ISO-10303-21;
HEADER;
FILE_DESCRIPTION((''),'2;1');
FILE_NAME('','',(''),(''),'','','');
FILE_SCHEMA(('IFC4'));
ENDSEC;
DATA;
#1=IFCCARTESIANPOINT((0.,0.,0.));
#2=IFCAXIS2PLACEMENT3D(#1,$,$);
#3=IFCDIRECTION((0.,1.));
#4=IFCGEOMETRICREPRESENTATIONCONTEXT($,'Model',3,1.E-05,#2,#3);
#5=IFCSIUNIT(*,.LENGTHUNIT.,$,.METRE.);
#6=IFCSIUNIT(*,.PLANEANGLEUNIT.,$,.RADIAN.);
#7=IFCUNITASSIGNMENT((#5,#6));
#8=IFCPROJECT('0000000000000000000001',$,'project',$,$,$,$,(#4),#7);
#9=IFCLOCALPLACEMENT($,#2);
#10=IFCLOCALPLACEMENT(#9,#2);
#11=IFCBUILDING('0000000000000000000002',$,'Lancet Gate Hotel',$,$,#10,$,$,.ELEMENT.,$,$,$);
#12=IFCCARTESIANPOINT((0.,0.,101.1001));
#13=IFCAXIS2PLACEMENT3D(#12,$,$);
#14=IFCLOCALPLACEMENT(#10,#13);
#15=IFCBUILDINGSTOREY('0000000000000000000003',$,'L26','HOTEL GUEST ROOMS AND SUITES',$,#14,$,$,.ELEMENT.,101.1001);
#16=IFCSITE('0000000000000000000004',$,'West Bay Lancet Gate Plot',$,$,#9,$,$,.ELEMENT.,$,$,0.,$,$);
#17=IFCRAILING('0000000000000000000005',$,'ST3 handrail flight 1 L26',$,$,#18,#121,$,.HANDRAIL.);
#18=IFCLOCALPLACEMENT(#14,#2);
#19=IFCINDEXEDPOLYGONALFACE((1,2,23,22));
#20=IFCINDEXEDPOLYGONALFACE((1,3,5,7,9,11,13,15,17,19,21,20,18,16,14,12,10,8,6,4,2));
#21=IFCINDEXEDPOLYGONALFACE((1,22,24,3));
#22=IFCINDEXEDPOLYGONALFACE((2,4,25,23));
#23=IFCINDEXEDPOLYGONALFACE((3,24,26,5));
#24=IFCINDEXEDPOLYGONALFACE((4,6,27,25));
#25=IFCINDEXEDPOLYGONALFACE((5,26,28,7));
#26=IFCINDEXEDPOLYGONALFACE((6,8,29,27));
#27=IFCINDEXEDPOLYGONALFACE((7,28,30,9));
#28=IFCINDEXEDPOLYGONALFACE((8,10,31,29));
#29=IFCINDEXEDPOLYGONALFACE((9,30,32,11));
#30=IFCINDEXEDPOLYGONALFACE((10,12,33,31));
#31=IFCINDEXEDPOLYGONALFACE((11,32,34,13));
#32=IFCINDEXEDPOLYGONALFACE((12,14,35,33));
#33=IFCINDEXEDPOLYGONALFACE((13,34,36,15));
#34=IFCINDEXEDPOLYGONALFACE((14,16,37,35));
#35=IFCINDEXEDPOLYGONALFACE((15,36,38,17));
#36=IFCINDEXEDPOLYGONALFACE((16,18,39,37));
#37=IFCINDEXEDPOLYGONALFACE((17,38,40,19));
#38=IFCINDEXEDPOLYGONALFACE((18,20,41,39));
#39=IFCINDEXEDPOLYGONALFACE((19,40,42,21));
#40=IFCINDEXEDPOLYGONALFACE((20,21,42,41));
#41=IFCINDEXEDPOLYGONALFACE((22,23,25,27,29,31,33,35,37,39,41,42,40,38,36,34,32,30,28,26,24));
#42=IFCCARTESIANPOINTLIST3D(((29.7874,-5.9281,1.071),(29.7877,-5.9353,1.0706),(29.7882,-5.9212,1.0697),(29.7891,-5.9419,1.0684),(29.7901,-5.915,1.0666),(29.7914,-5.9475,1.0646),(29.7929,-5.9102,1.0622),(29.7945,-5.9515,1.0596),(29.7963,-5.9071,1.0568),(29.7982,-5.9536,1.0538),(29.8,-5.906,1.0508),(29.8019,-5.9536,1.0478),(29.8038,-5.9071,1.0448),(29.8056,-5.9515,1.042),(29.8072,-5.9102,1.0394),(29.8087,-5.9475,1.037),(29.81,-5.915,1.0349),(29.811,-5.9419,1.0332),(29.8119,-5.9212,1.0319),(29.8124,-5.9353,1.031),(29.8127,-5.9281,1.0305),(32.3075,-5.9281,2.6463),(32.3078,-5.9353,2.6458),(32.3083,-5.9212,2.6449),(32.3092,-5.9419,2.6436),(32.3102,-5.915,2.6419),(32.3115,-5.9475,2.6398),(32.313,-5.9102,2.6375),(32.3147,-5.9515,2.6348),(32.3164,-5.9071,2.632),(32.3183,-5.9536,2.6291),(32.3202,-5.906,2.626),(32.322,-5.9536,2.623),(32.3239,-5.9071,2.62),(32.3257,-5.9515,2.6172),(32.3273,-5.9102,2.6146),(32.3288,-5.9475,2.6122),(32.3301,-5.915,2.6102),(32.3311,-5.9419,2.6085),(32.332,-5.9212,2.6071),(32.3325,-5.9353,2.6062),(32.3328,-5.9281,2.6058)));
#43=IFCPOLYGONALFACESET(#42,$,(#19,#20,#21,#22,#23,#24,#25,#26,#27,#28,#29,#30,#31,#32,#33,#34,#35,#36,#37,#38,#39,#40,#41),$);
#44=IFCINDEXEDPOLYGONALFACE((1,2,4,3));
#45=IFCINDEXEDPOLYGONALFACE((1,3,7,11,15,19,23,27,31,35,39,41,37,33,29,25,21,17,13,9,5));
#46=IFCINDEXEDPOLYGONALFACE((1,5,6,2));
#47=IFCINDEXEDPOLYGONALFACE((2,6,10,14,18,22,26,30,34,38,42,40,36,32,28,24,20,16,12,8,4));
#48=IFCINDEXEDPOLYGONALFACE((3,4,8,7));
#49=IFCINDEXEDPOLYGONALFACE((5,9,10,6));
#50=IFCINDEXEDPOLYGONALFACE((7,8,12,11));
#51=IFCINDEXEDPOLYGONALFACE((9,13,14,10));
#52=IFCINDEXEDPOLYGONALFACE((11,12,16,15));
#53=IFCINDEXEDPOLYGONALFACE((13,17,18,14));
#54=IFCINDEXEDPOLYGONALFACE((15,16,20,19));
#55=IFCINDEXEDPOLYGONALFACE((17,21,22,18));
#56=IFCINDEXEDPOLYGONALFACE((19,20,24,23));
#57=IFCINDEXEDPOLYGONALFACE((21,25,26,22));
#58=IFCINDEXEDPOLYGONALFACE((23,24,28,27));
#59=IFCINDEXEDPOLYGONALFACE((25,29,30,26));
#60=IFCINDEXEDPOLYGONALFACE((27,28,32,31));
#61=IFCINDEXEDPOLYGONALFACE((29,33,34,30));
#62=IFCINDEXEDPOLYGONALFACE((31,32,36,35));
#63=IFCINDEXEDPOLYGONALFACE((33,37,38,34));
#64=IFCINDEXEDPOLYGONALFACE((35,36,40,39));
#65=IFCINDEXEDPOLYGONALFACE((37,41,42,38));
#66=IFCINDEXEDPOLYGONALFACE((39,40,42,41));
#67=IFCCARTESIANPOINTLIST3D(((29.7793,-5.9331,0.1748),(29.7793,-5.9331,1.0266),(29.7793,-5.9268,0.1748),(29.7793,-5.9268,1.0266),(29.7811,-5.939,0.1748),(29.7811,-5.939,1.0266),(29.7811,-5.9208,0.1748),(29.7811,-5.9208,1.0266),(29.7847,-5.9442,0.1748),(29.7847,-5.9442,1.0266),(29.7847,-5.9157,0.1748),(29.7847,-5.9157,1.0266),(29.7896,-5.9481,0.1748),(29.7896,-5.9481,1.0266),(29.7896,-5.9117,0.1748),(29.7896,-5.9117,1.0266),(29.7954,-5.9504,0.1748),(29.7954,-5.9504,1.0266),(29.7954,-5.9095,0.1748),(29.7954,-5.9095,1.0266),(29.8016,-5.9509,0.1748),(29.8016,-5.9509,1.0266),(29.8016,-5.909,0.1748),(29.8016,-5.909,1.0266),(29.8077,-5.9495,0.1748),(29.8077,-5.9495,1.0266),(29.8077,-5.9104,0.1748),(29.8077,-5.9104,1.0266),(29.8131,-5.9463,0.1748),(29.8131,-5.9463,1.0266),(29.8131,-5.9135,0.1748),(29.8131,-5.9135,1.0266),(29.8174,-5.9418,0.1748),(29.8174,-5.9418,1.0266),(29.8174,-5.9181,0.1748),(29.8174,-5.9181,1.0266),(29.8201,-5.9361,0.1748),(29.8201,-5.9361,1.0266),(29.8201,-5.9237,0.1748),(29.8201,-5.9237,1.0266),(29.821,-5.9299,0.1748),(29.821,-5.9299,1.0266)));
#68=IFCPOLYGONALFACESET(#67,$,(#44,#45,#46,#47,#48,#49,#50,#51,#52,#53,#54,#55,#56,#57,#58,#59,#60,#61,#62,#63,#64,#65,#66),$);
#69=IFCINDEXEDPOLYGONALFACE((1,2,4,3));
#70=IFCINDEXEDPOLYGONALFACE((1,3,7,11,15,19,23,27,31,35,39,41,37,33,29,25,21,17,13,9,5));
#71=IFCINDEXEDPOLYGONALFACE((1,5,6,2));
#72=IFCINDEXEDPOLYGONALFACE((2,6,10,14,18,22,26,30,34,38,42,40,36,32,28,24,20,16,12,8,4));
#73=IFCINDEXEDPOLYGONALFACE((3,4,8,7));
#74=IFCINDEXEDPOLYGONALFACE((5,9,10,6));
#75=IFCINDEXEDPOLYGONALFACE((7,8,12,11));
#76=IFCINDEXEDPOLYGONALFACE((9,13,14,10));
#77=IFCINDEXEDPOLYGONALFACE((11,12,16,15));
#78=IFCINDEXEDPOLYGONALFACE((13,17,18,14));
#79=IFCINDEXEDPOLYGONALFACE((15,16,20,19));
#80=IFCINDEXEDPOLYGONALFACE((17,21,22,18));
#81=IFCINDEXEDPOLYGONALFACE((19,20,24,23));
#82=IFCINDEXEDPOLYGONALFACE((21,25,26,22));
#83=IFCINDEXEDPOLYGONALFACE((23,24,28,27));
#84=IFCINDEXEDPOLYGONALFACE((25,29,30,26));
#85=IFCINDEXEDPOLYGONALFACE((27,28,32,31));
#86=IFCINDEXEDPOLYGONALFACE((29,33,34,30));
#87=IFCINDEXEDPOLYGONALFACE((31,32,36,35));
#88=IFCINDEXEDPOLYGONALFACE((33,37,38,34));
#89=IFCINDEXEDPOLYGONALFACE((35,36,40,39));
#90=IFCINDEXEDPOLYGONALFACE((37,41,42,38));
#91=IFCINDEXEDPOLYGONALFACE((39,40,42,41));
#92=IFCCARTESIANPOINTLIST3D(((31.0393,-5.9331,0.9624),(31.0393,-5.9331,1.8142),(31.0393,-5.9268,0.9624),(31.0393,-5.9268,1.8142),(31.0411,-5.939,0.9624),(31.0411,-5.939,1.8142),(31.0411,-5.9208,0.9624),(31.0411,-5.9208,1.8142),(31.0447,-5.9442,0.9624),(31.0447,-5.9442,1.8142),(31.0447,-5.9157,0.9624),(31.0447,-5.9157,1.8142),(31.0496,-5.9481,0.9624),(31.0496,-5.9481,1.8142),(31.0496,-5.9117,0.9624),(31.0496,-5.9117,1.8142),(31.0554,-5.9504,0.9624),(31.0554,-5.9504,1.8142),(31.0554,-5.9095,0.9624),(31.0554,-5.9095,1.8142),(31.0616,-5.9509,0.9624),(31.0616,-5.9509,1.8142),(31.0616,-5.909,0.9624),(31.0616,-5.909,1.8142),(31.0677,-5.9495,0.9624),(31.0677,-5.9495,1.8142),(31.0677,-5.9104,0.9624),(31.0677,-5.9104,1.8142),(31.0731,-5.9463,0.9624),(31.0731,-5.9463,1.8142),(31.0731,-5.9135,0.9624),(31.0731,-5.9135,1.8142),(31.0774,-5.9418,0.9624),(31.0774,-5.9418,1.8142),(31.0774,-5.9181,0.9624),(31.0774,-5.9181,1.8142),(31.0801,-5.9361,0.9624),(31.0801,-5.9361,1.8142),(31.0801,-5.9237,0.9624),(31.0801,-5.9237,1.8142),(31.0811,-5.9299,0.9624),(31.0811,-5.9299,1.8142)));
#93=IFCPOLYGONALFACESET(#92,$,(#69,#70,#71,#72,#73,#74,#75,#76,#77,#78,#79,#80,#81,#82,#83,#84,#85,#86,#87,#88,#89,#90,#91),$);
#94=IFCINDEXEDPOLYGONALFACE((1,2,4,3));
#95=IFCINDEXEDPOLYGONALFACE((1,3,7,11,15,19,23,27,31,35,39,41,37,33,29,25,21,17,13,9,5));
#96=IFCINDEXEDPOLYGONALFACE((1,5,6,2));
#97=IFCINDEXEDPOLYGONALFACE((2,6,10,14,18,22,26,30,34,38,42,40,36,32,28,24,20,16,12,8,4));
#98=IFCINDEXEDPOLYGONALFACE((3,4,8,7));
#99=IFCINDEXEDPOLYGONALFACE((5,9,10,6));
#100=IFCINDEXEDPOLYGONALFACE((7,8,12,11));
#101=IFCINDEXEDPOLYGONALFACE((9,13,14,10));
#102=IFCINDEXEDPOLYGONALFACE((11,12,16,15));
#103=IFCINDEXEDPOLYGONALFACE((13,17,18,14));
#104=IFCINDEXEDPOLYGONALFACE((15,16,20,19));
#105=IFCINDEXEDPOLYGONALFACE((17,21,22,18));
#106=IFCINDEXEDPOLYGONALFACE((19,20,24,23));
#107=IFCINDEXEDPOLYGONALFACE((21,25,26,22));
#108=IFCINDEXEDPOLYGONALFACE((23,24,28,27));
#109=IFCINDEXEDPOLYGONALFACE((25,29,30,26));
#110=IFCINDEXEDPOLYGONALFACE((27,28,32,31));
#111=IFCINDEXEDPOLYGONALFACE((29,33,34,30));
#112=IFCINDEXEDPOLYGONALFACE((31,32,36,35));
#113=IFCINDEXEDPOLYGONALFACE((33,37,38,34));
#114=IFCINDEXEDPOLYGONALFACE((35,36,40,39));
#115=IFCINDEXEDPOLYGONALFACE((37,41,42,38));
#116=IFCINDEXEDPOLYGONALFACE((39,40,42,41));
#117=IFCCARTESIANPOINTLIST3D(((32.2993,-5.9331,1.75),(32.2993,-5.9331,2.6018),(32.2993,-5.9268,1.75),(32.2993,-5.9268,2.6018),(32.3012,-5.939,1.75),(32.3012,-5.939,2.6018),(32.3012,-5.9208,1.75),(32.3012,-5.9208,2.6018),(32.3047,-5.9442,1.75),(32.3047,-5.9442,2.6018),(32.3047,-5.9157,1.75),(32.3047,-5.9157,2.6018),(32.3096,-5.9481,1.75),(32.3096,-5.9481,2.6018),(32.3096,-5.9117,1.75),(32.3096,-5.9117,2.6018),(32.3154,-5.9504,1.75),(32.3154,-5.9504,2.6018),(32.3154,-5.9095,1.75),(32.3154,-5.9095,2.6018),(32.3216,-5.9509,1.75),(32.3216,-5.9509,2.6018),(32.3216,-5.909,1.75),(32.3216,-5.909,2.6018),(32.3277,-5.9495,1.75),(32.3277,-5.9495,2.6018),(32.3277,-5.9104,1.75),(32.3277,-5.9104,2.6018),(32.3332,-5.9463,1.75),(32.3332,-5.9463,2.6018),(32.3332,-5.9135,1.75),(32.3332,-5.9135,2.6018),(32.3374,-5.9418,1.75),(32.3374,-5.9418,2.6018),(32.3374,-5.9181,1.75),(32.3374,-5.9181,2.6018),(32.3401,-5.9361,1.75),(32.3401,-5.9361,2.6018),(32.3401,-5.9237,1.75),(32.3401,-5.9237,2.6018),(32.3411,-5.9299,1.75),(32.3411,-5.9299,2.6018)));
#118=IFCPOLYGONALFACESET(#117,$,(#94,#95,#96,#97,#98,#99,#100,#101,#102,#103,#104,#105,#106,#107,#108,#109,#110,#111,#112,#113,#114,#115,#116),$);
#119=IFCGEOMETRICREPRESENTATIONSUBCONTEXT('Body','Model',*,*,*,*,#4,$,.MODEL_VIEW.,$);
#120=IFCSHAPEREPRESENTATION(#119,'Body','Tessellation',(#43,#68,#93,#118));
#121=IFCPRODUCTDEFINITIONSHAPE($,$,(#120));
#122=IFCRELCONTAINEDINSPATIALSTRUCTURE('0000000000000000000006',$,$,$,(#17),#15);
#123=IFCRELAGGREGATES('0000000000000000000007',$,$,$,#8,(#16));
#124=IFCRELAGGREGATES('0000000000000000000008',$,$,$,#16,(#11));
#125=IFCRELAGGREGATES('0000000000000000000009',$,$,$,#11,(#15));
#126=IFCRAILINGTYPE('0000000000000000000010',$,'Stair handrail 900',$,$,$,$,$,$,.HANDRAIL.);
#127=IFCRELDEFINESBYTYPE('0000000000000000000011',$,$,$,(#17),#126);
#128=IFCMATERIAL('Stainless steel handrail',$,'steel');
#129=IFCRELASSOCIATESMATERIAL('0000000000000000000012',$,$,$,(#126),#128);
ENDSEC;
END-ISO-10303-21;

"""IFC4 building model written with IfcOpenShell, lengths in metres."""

from ifc_helpers import new_model, si_unit, direction, frame, origin, origin_2d, place, context, subcontext, project, spatial, circle, extrude, material, type_object, element, save


model = new_model("IFC4")

# Units and contexts
model_context = context("Model", 3, precision=1e-05, world=origin(), true_north=direction((0.0, 1.0)))
body_context = subcontext(model_context, "Body", "Model", "MODEL_VIEW")
ifc_project = project(units=[si_unit("LENGTHUNIT", "METRE"), si_unit("PLANEANGLEUNIT", "RADIAN")], contexts=[model_context])

# Site, building, storey
site_placement = place(None, origin())
site = spatial("IfcSite", under=ifc_project, at=site_placement, Name="West Bay Lancet Gate Plot", CompositionType="ELEMENT", RefElevation=0.0)
building_placement = place(site_placement, origin())
building = spatial("IfcBuilding", under=site, at=building_placement, Name="Lancet Gate Hotel", CompositionType="ELEMENT")
storey_placement = place(building_placement, frame((0.0, 0.0, 101.1001)))
storey = spatial("IfcBuildingStorey", under=building, at=storey_placement, Name="L26", Description="HOTEL GUEST ROOMS AND SUITES", CompositionType="ELEMENT", Elevation=101.1001)

# Railing
ifc_material_1 = material(Name="Stainless steel handrail", Category="steel")
railing_type = type_object("IfcRailingType", Name="Stair handrail 900", PredefinedType="HANDRAIL", material=ifc_material_1)
railing_1_placement = place(storey_placement, frame((29.8, -5.9299, 0.1748)))
element("IfcRailing", 1, at=railing_1_placement, inside=storey, type_object=railing_type, Name="ST3 handrail flight 1 L26", PredefinedType="HANDRAIL", context=body_context, shape_type="SweptSolid", body=[
    extrude(circle(Radius=0.0239, at=origin_2d()), frame((0.0, 0.0, 0.876), z_axis=(0.847971, 0.0, 0.530043), x_axis=(0.0, 1.0, 0.0)), (0.0, 0.0, 1.0), 2.9719),
    extrude(circle(Radius=0.021, at=origin_2d()), origin(), (0.0, 0.0, 1.0), 0.8518),
    extrude(circle(Radius=0.021, at=origin_2d()), frame((1.26, 0.0, 0.7876)), (0.0, 0.0, 1.0), 0.8518),
    extrude(circle(Radius=0.021, at=origin_2d()), frame((2.52, 0.0, 1.5752)), (0.0, 0.0, 1.0), 0.8518),
])

save(model, "model.ifc")
